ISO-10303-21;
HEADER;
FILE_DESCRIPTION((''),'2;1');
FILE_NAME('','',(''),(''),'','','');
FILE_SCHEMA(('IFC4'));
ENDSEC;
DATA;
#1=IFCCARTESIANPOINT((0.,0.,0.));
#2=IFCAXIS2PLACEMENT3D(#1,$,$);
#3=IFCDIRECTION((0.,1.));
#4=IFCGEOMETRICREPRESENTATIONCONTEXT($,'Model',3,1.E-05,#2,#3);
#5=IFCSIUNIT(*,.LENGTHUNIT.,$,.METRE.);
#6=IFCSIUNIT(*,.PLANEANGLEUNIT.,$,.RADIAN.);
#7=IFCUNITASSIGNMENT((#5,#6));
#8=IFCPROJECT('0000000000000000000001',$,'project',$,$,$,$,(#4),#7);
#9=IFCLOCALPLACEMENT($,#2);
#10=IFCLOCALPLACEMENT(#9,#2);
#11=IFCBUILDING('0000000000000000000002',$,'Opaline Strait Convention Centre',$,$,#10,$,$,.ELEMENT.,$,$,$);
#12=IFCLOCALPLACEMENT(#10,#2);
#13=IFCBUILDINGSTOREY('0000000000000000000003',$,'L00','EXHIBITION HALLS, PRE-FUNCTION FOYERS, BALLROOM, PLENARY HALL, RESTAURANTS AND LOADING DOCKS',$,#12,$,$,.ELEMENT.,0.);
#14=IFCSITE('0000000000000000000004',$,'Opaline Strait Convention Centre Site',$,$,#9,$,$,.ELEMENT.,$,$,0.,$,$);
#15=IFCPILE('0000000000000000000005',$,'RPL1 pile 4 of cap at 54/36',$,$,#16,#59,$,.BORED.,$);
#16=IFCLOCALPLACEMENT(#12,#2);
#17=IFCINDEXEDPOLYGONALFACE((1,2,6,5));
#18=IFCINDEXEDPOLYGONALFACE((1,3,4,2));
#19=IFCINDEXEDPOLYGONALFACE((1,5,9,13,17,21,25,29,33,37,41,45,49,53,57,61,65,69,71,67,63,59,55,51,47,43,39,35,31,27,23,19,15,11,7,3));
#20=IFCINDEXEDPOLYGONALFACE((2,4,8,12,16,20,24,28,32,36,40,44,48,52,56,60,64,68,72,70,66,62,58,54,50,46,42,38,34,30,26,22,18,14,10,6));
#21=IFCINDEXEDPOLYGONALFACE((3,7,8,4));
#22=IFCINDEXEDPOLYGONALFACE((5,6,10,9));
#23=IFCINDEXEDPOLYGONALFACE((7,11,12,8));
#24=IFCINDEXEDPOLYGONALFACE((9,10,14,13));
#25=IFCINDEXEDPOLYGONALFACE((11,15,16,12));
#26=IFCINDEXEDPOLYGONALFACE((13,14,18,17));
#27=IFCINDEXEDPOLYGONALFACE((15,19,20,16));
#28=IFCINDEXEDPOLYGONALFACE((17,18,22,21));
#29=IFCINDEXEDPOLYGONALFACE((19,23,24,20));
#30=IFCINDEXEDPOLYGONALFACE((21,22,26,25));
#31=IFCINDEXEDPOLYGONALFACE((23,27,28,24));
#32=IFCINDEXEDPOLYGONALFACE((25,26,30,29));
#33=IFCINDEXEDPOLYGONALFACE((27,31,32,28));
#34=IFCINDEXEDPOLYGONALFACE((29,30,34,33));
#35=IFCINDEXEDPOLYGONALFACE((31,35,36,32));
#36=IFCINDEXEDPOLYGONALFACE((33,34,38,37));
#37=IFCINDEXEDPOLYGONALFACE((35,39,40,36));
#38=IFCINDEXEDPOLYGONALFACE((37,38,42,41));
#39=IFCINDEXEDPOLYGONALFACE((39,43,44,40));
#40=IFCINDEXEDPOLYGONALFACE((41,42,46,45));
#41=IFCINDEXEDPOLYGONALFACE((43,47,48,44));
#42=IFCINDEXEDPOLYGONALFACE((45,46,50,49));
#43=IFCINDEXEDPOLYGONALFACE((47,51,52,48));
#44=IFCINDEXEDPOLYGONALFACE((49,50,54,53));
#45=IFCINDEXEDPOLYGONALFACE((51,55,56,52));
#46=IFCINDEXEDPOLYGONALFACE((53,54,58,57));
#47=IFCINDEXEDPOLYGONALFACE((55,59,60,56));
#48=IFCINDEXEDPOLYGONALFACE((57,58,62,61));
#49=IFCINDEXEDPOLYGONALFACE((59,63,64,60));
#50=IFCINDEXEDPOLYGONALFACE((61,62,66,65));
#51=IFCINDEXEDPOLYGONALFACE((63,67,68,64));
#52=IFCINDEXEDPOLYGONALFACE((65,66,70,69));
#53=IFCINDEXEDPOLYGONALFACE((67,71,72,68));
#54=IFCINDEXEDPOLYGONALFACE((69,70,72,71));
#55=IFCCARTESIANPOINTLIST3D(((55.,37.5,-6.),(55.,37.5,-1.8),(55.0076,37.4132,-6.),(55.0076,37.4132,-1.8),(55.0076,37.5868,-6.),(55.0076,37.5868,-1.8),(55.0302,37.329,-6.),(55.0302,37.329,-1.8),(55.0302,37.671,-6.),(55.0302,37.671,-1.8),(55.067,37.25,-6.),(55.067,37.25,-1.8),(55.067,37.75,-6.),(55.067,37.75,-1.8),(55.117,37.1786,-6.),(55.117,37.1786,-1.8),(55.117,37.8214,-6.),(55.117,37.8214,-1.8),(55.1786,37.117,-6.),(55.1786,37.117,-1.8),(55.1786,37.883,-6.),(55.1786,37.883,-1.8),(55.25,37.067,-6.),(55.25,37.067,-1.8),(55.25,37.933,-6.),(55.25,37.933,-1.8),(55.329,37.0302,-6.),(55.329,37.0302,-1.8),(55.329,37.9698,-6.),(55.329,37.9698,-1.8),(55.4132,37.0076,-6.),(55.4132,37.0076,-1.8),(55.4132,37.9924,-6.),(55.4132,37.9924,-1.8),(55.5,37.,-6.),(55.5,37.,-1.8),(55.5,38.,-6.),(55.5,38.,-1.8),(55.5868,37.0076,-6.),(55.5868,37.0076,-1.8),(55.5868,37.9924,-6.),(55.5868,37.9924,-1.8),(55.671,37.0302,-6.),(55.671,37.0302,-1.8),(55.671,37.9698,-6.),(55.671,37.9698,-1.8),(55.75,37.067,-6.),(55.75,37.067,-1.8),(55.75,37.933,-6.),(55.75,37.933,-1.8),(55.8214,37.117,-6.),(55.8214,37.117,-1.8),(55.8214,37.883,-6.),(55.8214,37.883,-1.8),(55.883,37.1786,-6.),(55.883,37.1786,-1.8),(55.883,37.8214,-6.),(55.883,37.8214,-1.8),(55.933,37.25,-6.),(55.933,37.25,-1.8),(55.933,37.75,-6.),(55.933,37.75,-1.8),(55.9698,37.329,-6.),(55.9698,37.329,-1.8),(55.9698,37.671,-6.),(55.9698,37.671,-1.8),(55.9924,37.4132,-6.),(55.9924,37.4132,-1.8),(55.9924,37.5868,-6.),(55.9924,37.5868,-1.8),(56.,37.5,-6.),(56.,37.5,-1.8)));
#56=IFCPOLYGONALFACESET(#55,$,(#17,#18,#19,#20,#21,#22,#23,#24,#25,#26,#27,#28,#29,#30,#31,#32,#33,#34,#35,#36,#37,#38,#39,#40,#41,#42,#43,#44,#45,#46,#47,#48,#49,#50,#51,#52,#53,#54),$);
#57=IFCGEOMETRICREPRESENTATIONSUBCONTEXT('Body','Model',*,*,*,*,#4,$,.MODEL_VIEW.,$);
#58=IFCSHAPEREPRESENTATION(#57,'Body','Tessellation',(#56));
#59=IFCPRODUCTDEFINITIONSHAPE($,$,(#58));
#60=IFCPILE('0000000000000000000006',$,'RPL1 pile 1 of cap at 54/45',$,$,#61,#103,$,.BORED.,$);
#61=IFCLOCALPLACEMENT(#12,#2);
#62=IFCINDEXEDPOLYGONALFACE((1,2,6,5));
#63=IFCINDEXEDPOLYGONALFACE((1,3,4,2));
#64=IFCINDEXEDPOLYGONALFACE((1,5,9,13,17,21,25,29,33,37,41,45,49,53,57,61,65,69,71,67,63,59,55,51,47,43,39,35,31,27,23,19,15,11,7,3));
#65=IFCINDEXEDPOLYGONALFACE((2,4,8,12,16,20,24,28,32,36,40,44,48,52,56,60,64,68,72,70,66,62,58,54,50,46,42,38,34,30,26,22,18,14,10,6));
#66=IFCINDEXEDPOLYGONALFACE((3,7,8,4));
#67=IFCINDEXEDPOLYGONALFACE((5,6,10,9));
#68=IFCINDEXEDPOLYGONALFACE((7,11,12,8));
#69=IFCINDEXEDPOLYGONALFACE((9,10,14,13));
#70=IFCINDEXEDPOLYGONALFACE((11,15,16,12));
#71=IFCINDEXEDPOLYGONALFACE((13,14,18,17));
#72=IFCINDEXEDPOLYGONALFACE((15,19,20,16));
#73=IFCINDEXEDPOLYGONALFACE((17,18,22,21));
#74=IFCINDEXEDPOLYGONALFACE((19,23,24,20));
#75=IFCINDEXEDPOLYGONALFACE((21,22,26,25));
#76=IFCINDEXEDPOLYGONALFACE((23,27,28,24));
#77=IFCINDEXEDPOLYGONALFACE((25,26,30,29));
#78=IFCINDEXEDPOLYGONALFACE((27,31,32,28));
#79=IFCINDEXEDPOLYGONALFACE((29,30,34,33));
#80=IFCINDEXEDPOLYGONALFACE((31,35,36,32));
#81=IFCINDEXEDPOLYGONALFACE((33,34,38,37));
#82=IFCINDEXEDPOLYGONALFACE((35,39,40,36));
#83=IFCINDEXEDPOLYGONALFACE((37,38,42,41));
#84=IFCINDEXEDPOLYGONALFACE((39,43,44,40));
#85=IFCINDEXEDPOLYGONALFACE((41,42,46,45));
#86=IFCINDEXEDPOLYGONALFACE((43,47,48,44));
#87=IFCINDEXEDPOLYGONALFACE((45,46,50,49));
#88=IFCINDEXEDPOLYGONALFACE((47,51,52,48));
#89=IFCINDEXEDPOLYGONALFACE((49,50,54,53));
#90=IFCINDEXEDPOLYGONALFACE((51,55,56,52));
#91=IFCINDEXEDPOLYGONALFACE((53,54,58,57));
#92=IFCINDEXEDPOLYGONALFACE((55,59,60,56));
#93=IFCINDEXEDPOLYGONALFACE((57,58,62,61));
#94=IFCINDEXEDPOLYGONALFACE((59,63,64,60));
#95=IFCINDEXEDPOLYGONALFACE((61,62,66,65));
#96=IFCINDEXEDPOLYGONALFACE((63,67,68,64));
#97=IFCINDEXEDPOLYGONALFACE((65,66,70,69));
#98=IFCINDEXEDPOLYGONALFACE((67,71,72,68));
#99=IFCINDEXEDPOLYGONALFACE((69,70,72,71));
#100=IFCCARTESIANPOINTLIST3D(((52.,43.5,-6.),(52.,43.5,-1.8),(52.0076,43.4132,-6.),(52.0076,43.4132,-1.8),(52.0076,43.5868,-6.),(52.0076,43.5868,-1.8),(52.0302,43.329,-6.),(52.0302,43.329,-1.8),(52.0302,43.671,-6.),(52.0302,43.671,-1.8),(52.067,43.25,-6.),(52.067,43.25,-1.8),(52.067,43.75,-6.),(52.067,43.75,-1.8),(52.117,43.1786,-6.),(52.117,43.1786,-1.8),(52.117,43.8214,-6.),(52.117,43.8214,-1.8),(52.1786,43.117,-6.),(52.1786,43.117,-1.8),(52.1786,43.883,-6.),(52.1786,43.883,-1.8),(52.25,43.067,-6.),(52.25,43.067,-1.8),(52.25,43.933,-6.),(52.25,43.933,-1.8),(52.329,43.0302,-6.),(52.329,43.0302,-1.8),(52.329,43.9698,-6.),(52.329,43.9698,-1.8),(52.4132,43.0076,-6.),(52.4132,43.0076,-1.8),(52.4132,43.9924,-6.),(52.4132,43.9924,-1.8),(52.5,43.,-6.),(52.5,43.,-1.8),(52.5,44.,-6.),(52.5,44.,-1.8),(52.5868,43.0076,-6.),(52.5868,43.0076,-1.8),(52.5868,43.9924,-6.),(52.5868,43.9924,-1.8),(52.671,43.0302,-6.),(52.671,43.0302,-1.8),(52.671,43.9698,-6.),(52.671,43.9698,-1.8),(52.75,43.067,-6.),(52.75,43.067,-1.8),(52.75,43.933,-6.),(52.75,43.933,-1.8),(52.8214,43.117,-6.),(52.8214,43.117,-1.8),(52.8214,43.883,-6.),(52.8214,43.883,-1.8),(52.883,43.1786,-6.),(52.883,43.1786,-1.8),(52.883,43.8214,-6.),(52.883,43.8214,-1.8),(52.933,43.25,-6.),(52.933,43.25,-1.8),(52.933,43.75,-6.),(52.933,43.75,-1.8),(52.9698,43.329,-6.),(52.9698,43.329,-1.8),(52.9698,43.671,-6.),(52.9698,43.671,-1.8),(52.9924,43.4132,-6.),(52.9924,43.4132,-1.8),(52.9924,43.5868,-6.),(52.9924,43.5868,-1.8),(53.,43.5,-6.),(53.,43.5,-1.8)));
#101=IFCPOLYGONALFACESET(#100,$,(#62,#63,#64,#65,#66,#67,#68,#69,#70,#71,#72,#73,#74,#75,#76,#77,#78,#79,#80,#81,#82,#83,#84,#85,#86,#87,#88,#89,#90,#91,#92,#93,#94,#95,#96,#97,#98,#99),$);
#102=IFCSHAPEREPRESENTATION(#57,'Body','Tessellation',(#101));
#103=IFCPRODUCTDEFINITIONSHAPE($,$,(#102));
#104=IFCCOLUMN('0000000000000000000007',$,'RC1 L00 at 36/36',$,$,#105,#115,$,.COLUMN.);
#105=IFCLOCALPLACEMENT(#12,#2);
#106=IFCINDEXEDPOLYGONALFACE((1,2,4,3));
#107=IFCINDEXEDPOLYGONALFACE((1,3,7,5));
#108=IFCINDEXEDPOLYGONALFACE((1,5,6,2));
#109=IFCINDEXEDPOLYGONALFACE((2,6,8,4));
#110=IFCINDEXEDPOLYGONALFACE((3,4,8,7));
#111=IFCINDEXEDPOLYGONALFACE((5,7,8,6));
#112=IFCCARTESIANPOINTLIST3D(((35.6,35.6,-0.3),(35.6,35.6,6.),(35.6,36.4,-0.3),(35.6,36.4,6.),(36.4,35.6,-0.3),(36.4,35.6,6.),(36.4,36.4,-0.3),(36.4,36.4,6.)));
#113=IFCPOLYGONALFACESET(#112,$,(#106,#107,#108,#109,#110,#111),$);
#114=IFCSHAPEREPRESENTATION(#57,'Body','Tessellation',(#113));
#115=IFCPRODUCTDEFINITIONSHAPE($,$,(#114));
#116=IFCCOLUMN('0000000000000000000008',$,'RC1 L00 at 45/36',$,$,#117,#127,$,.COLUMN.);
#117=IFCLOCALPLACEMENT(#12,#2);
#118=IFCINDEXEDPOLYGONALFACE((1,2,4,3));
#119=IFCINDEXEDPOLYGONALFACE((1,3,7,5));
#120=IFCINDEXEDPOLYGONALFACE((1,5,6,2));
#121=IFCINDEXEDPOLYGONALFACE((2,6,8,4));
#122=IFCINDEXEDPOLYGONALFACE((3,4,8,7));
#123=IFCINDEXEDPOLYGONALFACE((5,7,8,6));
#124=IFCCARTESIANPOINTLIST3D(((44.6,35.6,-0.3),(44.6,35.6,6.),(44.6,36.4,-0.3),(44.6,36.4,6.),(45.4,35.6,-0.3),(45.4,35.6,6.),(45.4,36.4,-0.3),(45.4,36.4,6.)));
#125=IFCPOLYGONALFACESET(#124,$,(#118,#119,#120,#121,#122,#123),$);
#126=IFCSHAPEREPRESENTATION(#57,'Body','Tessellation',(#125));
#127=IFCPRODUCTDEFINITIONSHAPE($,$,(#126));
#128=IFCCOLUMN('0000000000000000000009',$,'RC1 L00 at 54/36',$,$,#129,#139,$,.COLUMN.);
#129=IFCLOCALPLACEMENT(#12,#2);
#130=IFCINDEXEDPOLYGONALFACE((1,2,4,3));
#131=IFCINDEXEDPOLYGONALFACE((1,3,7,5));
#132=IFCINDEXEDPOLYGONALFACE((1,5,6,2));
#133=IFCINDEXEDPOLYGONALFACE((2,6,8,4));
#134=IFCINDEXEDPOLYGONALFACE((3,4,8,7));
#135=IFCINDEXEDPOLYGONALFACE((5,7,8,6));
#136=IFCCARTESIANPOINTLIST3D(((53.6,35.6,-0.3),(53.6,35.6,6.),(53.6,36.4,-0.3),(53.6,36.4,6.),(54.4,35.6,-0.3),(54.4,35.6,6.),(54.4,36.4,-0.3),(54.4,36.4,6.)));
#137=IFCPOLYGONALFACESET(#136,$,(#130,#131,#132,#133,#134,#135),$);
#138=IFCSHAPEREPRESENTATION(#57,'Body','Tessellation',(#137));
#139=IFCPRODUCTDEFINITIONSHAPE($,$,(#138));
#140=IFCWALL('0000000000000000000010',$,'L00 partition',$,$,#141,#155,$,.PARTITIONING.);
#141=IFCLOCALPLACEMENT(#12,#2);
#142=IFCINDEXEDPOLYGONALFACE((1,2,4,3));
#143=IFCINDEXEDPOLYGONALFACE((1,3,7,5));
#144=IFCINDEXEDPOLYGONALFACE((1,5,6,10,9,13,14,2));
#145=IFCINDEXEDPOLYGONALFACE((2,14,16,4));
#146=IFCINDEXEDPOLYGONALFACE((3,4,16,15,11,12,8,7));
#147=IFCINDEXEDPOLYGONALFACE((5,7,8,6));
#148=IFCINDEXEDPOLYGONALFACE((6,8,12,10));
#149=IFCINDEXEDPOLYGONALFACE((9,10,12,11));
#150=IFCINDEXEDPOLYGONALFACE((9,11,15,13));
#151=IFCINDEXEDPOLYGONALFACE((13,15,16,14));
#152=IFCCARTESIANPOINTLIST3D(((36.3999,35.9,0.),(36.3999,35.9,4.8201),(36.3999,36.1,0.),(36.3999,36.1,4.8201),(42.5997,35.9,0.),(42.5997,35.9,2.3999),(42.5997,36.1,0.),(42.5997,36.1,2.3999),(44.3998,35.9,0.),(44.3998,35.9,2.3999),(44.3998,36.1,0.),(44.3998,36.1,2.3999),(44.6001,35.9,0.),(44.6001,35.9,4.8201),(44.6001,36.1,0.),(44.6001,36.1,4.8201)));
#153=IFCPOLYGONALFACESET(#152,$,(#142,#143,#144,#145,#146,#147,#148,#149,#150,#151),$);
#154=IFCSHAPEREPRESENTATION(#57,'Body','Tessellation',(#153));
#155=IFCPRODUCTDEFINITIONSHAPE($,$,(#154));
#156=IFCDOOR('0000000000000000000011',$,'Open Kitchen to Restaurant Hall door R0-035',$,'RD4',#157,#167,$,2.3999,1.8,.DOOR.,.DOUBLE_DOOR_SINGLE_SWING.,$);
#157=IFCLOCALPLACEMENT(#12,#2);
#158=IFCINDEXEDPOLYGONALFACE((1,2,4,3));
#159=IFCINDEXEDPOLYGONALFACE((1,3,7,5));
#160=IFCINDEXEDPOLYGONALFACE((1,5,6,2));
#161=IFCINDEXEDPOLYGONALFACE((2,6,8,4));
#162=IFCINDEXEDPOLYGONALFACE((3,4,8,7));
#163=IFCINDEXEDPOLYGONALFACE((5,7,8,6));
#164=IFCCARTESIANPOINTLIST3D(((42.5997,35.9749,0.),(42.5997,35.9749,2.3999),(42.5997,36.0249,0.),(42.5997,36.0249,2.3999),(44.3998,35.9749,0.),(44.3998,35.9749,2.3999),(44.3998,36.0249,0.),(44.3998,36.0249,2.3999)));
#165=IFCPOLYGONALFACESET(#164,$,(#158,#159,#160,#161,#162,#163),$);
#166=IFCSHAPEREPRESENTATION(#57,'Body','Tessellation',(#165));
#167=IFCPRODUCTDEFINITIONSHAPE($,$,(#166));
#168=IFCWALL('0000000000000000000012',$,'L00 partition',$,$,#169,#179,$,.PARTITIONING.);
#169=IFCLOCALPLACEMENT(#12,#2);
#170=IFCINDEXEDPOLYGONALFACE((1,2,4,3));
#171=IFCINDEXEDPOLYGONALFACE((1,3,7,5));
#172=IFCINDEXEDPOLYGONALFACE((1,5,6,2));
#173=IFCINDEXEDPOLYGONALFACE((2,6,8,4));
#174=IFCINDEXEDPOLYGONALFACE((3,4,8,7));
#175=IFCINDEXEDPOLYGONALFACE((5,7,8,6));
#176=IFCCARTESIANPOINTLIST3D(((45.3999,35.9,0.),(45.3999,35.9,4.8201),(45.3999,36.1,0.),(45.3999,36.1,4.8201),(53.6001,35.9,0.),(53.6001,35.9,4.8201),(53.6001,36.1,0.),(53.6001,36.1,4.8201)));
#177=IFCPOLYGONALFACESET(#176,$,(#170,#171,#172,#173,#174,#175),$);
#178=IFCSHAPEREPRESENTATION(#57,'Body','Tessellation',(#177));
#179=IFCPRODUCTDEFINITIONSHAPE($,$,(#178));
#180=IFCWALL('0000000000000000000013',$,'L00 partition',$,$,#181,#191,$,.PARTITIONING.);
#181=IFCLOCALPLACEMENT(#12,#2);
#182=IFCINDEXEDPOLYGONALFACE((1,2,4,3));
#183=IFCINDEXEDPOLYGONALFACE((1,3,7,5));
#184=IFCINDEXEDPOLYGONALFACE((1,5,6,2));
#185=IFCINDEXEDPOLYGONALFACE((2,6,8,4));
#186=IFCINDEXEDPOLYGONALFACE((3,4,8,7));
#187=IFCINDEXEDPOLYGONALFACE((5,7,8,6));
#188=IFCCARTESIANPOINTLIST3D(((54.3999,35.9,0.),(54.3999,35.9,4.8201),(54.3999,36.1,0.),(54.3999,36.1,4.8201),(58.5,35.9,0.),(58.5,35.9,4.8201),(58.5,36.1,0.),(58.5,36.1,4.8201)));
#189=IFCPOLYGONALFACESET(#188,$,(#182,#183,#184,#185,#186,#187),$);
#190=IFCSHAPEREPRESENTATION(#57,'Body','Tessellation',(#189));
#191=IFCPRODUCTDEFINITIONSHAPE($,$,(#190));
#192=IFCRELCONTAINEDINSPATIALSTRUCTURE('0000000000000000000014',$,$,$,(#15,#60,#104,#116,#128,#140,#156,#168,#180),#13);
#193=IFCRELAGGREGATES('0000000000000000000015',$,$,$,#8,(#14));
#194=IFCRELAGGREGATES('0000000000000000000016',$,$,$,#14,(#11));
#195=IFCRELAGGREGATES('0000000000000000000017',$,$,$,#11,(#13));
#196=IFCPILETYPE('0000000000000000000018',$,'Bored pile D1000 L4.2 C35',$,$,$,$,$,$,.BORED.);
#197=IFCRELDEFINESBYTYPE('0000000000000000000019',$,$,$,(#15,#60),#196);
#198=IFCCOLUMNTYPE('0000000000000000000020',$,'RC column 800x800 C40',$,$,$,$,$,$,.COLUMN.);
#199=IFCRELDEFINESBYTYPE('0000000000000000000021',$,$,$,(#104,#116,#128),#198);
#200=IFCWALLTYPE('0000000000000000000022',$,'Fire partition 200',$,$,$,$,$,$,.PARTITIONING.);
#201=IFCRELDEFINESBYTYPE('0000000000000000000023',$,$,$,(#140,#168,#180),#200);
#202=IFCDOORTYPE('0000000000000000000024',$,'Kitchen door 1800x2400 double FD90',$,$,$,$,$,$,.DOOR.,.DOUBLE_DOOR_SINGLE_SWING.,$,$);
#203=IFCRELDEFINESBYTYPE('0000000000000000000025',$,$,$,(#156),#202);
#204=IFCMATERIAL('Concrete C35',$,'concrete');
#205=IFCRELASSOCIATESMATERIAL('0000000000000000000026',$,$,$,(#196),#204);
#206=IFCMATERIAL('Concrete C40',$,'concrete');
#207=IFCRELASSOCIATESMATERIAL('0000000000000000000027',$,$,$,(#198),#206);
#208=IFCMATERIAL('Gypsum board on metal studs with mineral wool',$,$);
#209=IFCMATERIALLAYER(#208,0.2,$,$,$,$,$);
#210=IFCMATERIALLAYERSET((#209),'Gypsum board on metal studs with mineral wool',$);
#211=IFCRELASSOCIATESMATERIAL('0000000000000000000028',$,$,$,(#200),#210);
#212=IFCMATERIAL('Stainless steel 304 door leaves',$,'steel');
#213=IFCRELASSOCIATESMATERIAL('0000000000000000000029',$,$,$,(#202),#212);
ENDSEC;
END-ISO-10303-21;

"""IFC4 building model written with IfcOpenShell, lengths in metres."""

from ifc_helpers import new_model, si_unit, direction, frame, frame_2d, origin, origin_2d, place, context, subcontext, project, spatial, rectangle, circle, extrude, material, layer, layer_set, material_profile, profile_set, type_object, element, fill, save


model = new_model("IFC4")

# Units and contexts
model_context = context("Model", 3, precision=1e-05, world=origin(), true_north=direction((0.0, 1.0)))
body_context = subcontext(model_context, "Body", "Model", "MODEL_VIEW")
ifc_project = project(units=[si_unit("LENGTHUNIT", "METRE"), si_unit("PLANEANGLEUNIT", "RADIAN")], contexts=[model_context])

# Site, building, storey
site_placement = place(None, origin())
site = spatial("IfcSite", under=ifc_project, at=site_placement, Name="Opaline Strait Convention Centre Site", CompositionType="ELEMENT", RefElevation=0.0)
building_placement = place(site_placement, origin())
building = spatial("IfcBuilding", under=site, at=building_placement, Name="Opaline Strait Convention Centre", CompositionType="ELEMENT")
storey_placement = place(building_placement, origin())
storey = spatial("IfcBuildingStorey", under=building, at=storey_placement, Name="L00", Description="EXHIBITION HALLS, PRE-FUNCTION FOYERS, BALLROOM, PLENARY HALL, RESTAURANTS AND LOADING DOCKS", CompositionType="ELEMENT", Elevation=0.0)

# Piles
ifc_material_1 = material(Name="Concrete C35", Category="concrete")
ifc_material_profile_1 = material_profile(ifc_material_1, circle(Radius=0.5, at=origin_2d()), Name="D1000")
ifc_profile_set_1 = profile_set([ifc_material_profile_1], Name="Concrete C35")
pile_type = type_object("IfcPileType", Name="Bored pile D1000 L4.2 C35", PredefinedType="BORED", material=ifc_profile_set_1)
for number, where, z_axis, x_axis, name in (
    (1, (55.5, 37.5, -1.8), (0.0, 0.0, -1.0), (1.0, 0.0, 0.0), "RPL1 pile 4 of cap at 54/36"),
    (2, (52.5, 43.5, -1.8), (0.0, 0.0, -1.0), (1.0, 0.0, 0.0), "RPL1 pile 1 of cap at 54/45"),
):
    element("IfcPile", number, at=place(storey_placement, frame(where, z_axis=z_axis, x_axis=x_axis)), inside=storey, type_object=pile_type, Name=name, PredefinedType="BORED", context=body_context, shape_type="SweptSolid", body=[
        extrude(circle(Radius=0.5, at=origin_2d()), origin(), (0.0, 0.0, 1.0), 4.2),
    ])

# Columns
ifc_material_2 = material(Name="Concrete C40", Category="concrete")
ifc_material_profile_2 = material_profile(ifc_material_2, rectangle(XDim=0.8, YDim=0.8, at=origin_2d()), Name="RC 800x800")
ifc_profile_set_2 = profile_set([ifc_material_profile_2], Name="Concrete C40")
column_type = type_object("IfcColumnType", Name="RC column 800x800 C40", PredefinedType="COLUMN", material=ifc_profile_set_2)
for number, where, z_axis, x_axis, name in (
    (3, (36.0, 36.0, -0.3), (0.0, 0.0, 1.0), (1.0, 0.0, 0.0), "RC1 L00 at 36/36"),
    (4, (45.0, 36.0, -0.3), (0.0, 0.0, 1.0), (1.0, 0.0, 0.0), "RC1 L00 at 45/36"),
    (5, (54.0, 36.0, -0.3), (0.0, 0.0, 1.0), (1.0, 0.0, 0.0), "RC1 L00 at 54/36"),
):
    element("IfcColumn", number, at=place(storey_placement, frame(where, z_axis=z_axis, x_axis=x_axis)), inside=storey, type_object=column_type, Name=name, PredefinedType="COLUMN", context=body_context, shape_type="SweptSolid", body=[
        extrude(rectangle(XDim=0.8, YDim=0.8, at=origin_2d()), origin(), (0.0, 0.0, 1.0), 6.3),
    ])

# Wall, opening, door
ifc_material_3 = material(Name="Gypsum board on metal studs with mineral wool")
ifc_layer = layer(ifc_material_3, 0.2)
ifc_layer_set = layer_set([ifc_layer], Name="Gypsum board on metal studs with mineral wool")
wall_type = type_object("IfcWallType", Name="Fire partition 200", PredefinedType="PARTITIONING", material=ifc_layer_set)
wall_1_placement = place(storey_placement, frame((36.3999, 36.0, 0.0), z_axis=(0.0, 0.0, 1.0), x_axis=(1.0, 0.0, 0.0)))
wall_1 = element("IfcWall", 6, at=wall_1_placement, inside=storey, type_object=wall_type, Name="L00 partition", PredefinedType="PARTITIONING", context=body_context, shape_type="SweptSolid", body=[
    extrude(rectangle(XDim=8.2002, YDim=0.2, at=frame_2d((4.1001, 0.0))), origin(), (0.0, 0.0, 1.0), 4.8201),
])
opening_1_placement = place(wall_1_placement, frame((6.2, 0.0, 0.0)))
opening_1 = element("IfcOpeningElement", 7, at=opening_1_placement, cuts=wall_1, PredefinedType="OPENING", context=body_context, shape_type="SweptSolid", body=[
    extrude(rectangle(XDim=1.8, YDim=2.3999, at=frame_2d((0.8999, 1.2))), frame((0.0, 0.1099, 0.0), z_axis=(0.0, -1.0, 0.0), x_axis=(1.0, 0.0, 0.0)), (0.0, 0.0, 1.0), 0.22),
])
ifc_material_4 = material(Name="Stainless steel 304 door leaves", Category="steel")
door_type = type_object("IfcDoorType", Name="Kitchen door 1800x2400 double FD90", OperationType="DOUBLE_DOOR_SINGLE_SWING", PredefinedType="DOOR", material=ifc_material_4)
door_1_placement = place(opening_1_placement, origin())
door_1 = element("IfcDoor", 8, at=door_1_placement, inside=storey, type_object=door_type, Name="Open Kitchen to Restaurant Hall door R0-035", ObjectType="RD4", OperationType="DOUBLE_DOOR_SINGLE_SWING", OverallHeight=2.3999, OverallWidth=1.8, PredefinedType="DOOR", context=body_context, shape_type="SweptSolid", body=[
    extrude(rectangle(XDim=1.8, YDim=2.3999, at=frame_2d((0.8999, 1.2))), frame((0.0, 0.0249, 0.0), z_axis=(0.0, -1.0, 0.0), x_axis=(1.0, 0.0, 0.0)), (0.0, 0.0, 1.0), 0.05),
])
fill(opening_1, door_1)

# Walls
wall_2_placement = place(storey_placement, frame((45.3999, 36.0, 0.0), z_axis=(0.0, 0.0, 1.0), x_axis=(1.0, 0.0, 0.0)))
element("IfcWall", 9, at=wall_2_placement, inside=storey, type_object=wall_type, Name="L00 partition", PredefinedType="PARTITIONING", context=body_context, shape_type="SweptSolid", body=[
    extrude(rectangle(XDim=8.2002, YDim=0.2, at=frame_2d((4.1001, 0.0))), origin(), (0.0, 0.0, 1.0), 4.8201),
])
wall_3_placement = place(storey_placement, frame((54.3999, 36.0, 0.0), z_axis=(0.0, 0.0, 1.0), x_axis=(1.0, 0.0, 0.0)))
element("IfcWall", 10, at=wall_3_placement, inside=storey, type_object=wall_type, Name="L00 partition", PredefinedType="PARTITIONING", context=body_context, shape_type="SweptSolid", body=[
    extrude(rectangle(XDim=4.1001, YDim=0.2, at=frame_2d((2.05, 0.0))), origin(), (0.0, 0.0, 1.0), 4.8201),
])

save(model, "model.ifc")
